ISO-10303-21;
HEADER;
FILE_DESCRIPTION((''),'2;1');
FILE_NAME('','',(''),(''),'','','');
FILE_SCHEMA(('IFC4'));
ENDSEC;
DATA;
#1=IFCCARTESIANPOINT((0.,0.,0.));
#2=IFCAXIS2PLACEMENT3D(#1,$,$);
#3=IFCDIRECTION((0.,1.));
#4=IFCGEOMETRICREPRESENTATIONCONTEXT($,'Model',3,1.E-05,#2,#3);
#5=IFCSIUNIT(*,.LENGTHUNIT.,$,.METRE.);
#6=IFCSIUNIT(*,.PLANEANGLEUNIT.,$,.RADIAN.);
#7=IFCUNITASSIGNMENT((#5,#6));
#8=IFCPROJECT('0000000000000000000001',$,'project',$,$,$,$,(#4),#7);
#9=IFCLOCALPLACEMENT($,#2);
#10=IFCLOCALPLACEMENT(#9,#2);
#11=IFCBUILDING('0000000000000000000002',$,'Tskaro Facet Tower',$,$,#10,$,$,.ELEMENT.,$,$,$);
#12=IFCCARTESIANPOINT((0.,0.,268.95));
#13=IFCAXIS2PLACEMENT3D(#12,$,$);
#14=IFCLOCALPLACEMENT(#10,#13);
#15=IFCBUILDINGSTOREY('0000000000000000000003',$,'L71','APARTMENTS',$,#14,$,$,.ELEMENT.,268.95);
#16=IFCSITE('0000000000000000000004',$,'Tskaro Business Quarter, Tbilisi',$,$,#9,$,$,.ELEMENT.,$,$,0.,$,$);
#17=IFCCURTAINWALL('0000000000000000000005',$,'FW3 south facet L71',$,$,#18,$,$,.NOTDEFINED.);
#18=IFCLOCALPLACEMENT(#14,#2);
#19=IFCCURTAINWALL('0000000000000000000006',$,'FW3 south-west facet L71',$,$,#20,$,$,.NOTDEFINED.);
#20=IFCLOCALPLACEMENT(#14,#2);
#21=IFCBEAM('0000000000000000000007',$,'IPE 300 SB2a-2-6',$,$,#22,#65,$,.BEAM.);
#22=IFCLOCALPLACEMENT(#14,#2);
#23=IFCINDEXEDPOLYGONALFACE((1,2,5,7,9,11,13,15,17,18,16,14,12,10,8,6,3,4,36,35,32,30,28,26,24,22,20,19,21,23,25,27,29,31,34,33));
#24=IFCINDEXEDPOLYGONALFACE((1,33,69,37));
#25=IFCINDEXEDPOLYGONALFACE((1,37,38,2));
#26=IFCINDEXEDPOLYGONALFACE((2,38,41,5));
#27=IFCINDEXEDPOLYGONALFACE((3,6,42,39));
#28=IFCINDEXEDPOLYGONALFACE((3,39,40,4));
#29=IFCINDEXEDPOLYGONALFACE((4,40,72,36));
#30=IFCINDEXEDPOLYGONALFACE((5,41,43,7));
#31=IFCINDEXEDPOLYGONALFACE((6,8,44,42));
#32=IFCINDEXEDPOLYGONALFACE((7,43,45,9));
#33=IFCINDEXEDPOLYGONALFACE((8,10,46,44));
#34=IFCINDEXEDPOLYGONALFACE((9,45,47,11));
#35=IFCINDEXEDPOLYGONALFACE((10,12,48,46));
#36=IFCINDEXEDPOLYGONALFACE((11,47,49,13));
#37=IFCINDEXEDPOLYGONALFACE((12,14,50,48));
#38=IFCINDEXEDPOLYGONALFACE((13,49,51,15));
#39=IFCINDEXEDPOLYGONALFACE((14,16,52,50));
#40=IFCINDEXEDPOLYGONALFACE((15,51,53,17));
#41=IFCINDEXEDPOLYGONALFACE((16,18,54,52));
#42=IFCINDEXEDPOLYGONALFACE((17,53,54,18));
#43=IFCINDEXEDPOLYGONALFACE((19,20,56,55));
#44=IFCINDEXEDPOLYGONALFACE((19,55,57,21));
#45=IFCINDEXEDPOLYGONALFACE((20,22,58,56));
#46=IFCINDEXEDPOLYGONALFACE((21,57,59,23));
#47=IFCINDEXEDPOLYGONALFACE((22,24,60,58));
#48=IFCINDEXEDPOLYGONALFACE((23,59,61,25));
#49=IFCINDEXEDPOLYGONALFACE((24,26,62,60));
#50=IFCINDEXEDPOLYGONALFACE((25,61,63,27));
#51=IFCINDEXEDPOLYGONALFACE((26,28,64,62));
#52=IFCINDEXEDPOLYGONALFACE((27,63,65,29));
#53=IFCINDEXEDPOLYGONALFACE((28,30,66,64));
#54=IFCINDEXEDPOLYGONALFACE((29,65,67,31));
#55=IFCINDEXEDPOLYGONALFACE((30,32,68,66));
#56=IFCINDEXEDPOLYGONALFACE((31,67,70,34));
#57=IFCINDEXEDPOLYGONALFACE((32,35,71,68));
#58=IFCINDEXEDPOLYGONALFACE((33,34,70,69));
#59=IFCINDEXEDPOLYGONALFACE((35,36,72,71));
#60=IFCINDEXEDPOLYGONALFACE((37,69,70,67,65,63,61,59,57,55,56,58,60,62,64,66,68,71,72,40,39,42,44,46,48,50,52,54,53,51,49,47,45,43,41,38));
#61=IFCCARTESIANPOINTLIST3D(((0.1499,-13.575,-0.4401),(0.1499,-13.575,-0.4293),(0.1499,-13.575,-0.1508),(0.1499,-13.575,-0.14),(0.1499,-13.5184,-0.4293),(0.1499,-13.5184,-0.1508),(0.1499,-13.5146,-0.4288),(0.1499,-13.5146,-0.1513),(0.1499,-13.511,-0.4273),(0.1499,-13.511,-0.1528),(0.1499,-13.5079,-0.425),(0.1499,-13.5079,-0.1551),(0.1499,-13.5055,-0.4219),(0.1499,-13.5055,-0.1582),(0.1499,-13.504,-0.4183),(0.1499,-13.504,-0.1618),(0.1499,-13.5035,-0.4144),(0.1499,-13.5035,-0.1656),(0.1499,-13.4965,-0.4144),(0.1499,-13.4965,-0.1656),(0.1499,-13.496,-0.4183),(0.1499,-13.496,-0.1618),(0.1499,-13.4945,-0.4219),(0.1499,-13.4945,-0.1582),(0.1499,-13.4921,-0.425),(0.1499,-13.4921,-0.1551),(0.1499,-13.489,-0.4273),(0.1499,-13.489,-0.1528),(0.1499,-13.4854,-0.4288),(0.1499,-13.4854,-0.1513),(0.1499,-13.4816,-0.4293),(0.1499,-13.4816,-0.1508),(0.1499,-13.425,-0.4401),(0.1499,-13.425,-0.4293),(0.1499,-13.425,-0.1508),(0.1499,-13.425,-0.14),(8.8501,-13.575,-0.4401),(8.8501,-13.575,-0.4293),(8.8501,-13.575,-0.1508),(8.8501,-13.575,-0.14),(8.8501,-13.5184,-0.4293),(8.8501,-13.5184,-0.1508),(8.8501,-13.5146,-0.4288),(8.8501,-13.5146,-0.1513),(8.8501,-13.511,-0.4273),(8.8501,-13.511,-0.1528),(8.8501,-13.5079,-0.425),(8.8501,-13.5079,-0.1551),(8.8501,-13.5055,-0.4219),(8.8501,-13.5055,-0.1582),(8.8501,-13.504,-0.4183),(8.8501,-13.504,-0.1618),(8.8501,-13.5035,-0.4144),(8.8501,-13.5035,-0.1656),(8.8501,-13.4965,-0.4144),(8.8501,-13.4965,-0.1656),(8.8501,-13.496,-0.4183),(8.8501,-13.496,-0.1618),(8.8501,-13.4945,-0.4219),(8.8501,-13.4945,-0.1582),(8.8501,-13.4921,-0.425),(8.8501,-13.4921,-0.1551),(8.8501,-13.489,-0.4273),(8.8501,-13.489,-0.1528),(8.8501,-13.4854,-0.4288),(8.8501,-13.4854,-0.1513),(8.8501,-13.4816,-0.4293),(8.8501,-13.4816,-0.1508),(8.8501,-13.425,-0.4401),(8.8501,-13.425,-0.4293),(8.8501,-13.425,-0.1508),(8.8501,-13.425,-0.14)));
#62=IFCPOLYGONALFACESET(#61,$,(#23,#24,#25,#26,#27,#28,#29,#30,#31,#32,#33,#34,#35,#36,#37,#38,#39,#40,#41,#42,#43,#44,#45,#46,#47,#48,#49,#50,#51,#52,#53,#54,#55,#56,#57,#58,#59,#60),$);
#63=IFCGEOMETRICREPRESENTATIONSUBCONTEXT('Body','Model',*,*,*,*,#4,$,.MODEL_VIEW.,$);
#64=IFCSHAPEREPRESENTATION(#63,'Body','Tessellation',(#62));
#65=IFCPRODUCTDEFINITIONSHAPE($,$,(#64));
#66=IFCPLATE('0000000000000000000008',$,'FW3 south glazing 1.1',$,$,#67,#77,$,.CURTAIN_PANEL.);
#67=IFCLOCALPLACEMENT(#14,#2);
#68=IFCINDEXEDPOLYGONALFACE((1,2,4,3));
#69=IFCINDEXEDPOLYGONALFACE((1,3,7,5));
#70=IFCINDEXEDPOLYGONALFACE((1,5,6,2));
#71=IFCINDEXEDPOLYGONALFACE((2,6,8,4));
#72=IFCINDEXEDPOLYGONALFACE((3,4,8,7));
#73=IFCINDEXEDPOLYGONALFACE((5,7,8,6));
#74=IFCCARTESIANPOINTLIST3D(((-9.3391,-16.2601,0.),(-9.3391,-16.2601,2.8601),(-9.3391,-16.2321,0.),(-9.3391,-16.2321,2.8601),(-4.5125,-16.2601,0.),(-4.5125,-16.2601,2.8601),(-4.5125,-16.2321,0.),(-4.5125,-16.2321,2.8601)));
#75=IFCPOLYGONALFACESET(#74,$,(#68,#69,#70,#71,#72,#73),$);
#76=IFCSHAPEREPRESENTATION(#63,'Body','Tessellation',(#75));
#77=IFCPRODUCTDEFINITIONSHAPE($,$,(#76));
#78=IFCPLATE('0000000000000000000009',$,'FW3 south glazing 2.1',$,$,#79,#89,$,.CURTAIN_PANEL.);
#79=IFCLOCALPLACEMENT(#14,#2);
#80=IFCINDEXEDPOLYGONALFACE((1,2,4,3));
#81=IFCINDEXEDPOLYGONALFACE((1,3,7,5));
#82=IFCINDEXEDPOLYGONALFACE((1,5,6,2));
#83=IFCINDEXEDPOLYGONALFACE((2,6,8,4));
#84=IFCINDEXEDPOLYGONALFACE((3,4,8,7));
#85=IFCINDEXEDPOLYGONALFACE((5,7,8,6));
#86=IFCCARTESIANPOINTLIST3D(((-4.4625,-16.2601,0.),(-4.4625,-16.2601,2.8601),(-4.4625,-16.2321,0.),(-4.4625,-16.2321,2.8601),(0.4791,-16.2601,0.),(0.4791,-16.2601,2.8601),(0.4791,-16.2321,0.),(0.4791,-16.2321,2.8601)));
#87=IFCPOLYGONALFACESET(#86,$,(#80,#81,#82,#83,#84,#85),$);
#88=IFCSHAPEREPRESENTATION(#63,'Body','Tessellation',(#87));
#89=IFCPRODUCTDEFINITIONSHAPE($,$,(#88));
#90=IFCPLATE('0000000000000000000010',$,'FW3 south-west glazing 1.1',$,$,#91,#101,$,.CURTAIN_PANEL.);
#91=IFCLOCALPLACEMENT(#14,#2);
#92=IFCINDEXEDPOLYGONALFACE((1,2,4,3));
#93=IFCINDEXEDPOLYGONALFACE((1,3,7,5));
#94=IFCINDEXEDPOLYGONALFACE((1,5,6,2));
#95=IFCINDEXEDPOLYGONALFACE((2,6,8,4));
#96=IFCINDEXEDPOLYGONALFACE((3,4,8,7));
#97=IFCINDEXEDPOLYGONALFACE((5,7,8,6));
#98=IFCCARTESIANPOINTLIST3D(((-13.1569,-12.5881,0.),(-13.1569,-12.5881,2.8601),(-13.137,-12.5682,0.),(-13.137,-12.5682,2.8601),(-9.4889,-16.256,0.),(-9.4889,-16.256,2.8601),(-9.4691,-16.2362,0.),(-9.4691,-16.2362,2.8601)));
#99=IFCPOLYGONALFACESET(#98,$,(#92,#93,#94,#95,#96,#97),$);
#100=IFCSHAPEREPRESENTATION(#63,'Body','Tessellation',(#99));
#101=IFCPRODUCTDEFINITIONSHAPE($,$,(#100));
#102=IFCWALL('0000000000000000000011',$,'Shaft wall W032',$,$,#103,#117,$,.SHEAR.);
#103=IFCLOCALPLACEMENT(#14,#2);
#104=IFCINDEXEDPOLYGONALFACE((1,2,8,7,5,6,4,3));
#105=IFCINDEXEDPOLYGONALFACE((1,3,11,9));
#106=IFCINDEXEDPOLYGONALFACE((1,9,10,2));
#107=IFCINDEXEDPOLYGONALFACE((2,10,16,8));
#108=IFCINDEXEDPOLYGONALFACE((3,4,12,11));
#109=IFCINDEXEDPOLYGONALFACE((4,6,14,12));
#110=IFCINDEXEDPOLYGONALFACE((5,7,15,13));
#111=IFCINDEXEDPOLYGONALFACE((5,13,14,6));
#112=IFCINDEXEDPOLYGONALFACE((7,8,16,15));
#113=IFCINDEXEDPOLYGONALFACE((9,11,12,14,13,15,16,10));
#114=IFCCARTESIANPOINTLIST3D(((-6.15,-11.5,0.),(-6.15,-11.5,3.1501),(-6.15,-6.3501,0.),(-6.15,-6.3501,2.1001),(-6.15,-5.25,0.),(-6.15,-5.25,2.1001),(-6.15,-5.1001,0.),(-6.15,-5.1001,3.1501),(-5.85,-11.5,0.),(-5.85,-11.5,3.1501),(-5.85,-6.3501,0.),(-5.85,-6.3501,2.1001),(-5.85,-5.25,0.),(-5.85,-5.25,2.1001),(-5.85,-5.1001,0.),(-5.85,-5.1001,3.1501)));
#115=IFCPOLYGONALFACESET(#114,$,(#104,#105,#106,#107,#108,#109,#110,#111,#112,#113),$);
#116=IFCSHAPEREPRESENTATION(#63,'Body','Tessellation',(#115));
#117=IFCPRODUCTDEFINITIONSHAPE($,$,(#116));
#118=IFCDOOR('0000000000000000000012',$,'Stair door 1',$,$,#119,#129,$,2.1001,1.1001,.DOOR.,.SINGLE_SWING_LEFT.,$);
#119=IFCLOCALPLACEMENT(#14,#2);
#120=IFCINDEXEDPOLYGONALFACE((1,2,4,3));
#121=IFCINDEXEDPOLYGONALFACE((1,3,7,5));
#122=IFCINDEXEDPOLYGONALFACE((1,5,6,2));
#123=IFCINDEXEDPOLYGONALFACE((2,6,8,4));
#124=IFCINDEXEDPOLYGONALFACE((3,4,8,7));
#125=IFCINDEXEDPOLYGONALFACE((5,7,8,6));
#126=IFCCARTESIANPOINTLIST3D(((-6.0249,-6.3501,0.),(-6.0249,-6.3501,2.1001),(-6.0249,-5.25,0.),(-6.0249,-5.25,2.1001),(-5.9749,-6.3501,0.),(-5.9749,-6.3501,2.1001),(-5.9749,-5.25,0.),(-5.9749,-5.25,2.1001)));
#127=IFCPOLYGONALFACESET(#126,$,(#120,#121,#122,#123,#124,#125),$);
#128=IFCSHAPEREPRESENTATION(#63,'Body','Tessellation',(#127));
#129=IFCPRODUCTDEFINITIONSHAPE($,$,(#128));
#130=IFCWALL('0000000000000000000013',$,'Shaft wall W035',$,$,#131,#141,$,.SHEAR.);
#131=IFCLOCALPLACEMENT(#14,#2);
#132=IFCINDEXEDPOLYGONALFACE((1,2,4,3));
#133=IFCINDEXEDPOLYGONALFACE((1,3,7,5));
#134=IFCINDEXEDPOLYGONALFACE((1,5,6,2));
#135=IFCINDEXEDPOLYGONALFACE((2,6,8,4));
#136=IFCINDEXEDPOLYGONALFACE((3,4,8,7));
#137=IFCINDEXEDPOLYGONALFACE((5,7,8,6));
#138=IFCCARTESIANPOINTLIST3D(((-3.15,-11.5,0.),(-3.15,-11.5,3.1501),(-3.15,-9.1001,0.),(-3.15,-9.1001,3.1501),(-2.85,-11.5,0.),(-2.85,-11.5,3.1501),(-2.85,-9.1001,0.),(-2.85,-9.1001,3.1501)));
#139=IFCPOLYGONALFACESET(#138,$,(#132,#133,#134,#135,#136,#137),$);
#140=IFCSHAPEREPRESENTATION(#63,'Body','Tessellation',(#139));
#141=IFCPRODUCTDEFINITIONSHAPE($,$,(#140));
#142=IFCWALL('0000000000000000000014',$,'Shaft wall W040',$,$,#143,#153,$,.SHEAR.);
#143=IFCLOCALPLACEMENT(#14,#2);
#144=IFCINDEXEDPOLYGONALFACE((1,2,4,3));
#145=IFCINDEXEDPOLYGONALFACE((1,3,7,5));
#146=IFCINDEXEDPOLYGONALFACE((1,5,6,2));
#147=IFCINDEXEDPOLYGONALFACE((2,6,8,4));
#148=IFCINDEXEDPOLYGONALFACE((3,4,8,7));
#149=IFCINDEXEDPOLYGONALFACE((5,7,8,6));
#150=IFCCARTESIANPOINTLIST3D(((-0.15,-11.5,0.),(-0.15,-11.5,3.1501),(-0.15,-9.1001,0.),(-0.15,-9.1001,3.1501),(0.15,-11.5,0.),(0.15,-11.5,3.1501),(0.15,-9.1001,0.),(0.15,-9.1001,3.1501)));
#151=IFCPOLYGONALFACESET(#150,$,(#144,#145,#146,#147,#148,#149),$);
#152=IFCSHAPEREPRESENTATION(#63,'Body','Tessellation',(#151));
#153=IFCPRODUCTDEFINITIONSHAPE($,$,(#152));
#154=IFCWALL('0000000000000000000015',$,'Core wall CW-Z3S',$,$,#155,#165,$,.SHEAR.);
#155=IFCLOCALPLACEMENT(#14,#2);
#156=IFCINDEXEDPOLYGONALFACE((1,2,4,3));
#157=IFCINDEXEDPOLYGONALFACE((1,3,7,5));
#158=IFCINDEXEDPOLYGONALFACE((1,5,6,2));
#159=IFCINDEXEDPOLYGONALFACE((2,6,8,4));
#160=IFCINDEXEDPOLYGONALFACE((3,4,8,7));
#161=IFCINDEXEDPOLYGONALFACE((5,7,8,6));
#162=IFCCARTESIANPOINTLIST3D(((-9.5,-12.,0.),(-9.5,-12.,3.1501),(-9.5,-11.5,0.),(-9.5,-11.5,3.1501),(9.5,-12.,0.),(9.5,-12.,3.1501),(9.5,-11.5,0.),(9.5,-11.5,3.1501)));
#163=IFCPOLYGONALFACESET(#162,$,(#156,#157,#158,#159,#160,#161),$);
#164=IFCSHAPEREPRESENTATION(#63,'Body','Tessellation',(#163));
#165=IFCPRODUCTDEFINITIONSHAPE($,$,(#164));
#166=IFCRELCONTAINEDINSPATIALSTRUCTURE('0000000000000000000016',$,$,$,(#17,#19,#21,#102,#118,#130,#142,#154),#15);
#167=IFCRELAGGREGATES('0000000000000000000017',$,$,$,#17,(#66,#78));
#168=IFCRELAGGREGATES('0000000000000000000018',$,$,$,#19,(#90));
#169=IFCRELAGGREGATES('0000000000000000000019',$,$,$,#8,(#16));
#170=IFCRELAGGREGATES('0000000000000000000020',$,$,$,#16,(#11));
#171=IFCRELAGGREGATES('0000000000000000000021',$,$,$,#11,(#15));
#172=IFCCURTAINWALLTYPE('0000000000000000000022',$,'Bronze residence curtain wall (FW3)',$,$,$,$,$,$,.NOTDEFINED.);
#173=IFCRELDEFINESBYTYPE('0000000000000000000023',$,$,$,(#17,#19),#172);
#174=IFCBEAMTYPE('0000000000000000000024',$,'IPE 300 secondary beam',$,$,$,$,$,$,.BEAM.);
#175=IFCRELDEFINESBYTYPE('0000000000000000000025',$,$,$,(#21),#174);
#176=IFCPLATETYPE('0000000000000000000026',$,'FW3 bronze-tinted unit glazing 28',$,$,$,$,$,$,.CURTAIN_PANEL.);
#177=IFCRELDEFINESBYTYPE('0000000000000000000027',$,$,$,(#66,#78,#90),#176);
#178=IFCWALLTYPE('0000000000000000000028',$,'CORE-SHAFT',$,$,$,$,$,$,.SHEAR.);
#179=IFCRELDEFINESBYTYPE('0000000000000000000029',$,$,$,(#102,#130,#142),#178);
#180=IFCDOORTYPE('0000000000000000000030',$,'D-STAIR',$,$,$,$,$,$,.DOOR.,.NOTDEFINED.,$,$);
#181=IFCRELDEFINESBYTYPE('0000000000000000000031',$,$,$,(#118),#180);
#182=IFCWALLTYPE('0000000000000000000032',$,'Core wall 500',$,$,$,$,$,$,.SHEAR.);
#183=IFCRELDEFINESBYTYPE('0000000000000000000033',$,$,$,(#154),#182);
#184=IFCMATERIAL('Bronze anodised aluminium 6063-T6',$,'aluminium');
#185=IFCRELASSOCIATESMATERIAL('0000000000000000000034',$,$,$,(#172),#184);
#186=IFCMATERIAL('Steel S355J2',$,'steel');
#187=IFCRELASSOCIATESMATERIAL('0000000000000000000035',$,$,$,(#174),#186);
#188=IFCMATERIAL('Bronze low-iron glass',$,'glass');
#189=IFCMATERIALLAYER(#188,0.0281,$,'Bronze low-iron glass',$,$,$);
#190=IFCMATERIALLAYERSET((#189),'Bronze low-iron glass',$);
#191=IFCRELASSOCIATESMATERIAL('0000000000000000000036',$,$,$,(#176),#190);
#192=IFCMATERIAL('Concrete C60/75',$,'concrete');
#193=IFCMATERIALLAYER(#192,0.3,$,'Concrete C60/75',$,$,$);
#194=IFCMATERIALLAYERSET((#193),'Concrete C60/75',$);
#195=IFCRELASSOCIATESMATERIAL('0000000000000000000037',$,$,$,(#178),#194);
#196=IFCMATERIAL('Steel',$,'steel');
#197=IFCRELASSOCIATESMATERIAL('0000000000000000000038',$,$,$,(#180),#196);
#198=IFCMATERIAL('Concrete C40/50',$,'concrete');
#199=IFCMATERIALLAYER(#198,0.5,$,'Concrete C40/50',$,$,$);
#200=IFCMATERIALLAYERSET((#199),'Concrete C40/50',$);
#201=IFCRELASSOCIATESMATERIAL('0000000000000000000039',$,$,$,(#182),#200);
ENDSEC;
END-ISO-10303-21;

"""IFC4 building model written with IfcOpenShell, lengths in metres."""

from ifc_helpers import new_model, si_unit, direction, frame, frame_2d, origin, origin_2d, place, context, subcontext, project, spatial, rectangle, i_section, extrude, material, layer, layer_set, material_profile, profile_set, type_object, element, fill, aggregate, save


model = new_model("IFC4")

# Units and contexts
model_context = context("Model", 3, precision=1e-05, world=origin(), true_north=direction((0.0, 1.0)))
body_context = subcontext(model_context, "Body", "Model", "MODEL_VIEW")
ifc_project = project(units=[si_unit("LENGTHUNIT", "METRE"), si_unit("PLANEANGLEUNIT", "RADIAN")], contexts=[model_context])

# Site, building, storey
site_placement = place(None, origin())
site = spatial("IfcSite", under=ifc_project, at=site_placement, Name="Tskaro Business Quarter, Tbilisi", CompositionType="ELEMENT", RefElevation=0.0)
building_placement = place(site_placement, origin())
building = spatial("IfcBuilding", under=site, at=building_placement, Name="Tskaro Facet Tower", CompositionType="ELEMENT")
storey_placement = place(building_placement, frame((0.0, 0.0, 268.95)))
storey = spatial("IfcBuildingStorey", under=building, at=storey_placement, Name="L71", Description="APARTMENTS", CompositionType="ELEMENT", Elevation=268.95)

# Shared definitions
ifc_material_1 = material(Name="Steel S355J2", Category="steel")

# Curtain walls
ifc_material_2 = material(Name="Bronze anodised aluminium 6063-T6", Category="aluminium")
curtain_wall_type = type_object("IfcCurtainWallType", Name="Bronze residence curtain wall (FW3)", PredefinedType="NOTDEFINED", material=ifc_material_2)
curtain_wall_1_placement = place(storey_placement, origin())
curtain_wall_1 = element("IfcCurtainWall", 1, at=curtain_wall_1_placement, inside=storey, type_object=curtain_wall_type, Name="FW3 south facet L71", PredefinedType="NOTDEFINED")
curtain_wall_2_placement = place(storey_placement, origin())
curtain_wall_2 = element("IfcCurtainWall", 2, at=curtain_wall_2_placement, inside=storey, type_object=curtain_wall_type, Name="FW3 south-west facet L71", PredefinedType="NOTDEFINED")

# Beam
ifc_material_profile_1 = material_profile(ifc_material_1, i_section(OverallWidth=0.1499, OverallDepth=0.3, WebThickness=0.0071, FlangeThickness=0.0107, FilletRadius=0.0149, at=origin_2d()), Name="IPE 300")
ifc_profile_set_1 = profile_set([ifc_material_profile_1], Name="Steel S355J2")
beam_type_1 = type_object("IfcBeamType", Name="IPE 300 secondary beam", PredefinedType="BEAM", material=ifc_profile_set_1)
beam_1_placement = place(storey_placement, frame((0.1499, -13.5, -0.29), z_axis=(1.0, 0.0, 0.0), x_axis=(0.0, 1.0, 0.0)))
element("IfcBeam", 3, at=beam_1_placement, inside=storey, type_object=beam_type_1, Name="IPE 300 SB2a-2-6", PredefinedType="BEAM", context=body_context, shape_type="SweptSolid", body=[
    extrude(i_section(OverallWidth=0.1499, OverallDepth=0.3, WebThickness=0.0071, FlangeThickness=0.0107, FilletRadius=0.0149, at=origin_2d()), origin(), (0.0, 0.0, 1.0), 8.7002),
])

# Plates
ifc_material_3 = material(Name="Bronze low-iron glass", Category="glass")
ifc_layer_1 = layer(ifc_material_3, 0.0281, Name="Bronze low-iron glass")
ifc_layer_set_1 = layer_set([ifc_layer_1], Name="Bronze low-iron glass")
plate_type = type_object("IfcPlateType", Name="FW3 bronze-tinted unit glazing 28", PredefinedType="CURTAIN_PANEL", material=ifc_layer_set_1)
plate_1_placement = place(storey_placement, frame((-6.9258, -16.2461, 0.0), z_axis=(0.0, 0.0, 1.0), x_axis=(1.0, 0.0, 0.0)))
plate_1 = element("IfcPlate", 4, at=plate_1_placement, type_object=plate_type, Name="FW3 south glazing 1.1", PredefinedType="CURTAIN_PANEL", context=body_context, shape_type="SweptSolid", body=[
    extrude(rectangle(XDim=4.8267, YDim=0.0281, at=origin_2d()), origin(), (0.0, 0.0, 1.0), 2.8601),
])
plate_2_placement = place(storey_placement, frame((-1.9917, -16.2461, 0.0), z_axis=(0.0, 0.0, 1.0), x_axis=(1.0, 0.0, 0.0)))
plate_2 = element("IfcPlate", 5, at=plate_2_placement, type_object=plate_type, Name="FW3 south glazing 2.1", PredefinedType="CURTAIN_PANEL", context=body_context, shape_type="SweptSolid", body=[
    extrude(rectangle(XDim=4.9417, YDim=0.0281, at=origin_2d()), origin(), (0.0, 0.0, 1.0), 2.8601),
])
aggregate(curtain_wall_1, [plate_1, plate_2])
plate_3_placement = place(storey_placement, frame((-11.313, -14.4121, 0.0), z_axis=(0.0, 0.0, 1.0), x_axis=(0.707107, -0.707107, 0.0)))
plate_3 = element("IfcPlate", 6, at=plate_3_placement, type_object=plate_type, Name="FW3 south-west glazing 1.1", PredefinedType="CURTAIN_PANEL", context=body_context, shape_type="SweptSolid", body=[
    extrude(rectangle(XDim=5.1873, YDim=0.0281, at=origin_2d()), origin(), (0.0, 0.0, 1.0), 2.8601),
])
aggregate(curtain_wall_2, [plate_3])

# Wall, opening, door
ifc_material_4 = material(Name="Concrete C60/75", Category="concrete")
ifc_layer_2 = layer(ifc_material_4, 0.3, Name="Concrete C60/75")
ifc_layer_set_2 = layer_set([ifc_layer_2], Name="Concrete C60/75")
wall_type_1 = type_object("IfcWallType", Name="CORE-SHAFT", PredefinedType="SHEAR", material=ifc_layer_set_2)
wall_1_placement = place(storey_placement, frame((-6.0, -11.5, 0.0), z_axis=(0.0, 0.0, 1.0), x_axis=(0.0, 1.0, 0.0)))
wall_1 = element("IfcWall", 7, at=wall_1_placement, inside=storey, type_object=wall_type_1, Name="Shaft wall W032", PredefinedType="SHEAR", context=body_context, shape_type="SweptSolid", body=[
    extrude(rectangle(XDim=6.3999, YDim=0.3, at=frame_2d((3.2, 0.0))), origin(), (0.0, 0.0, 1.0), 3.1501),
])
opening_1_placement = place(wall_1_placement, frame((5.1499, 0.0, 0.0)))
opening_1 = element("IfcOpeningElement", 8, at=opening_1_placement, cuts=wall_1, PredefinedType="OPENING", context=body_context, shape_type="SweptSolid", body=[
    extrude(rectangle(XDim=1.1001, YDim=2.1001, at=frame_2d((0.55, 1.05))), frame((0.0, 0.1599, 0.0), z_axis=(0.0, -1.0, 0.0), x_axis=(1.0, 0.0, 0.0)), (0.0, 0.0, 1.0), 0.3201),
])
ifc_material_5 = material(Name="Steel", Category="steel")
door_type_1 = type_object("IfcDoorType", Name="D-STAIR", OperationType="NOTDEFINED", PredefinedType="DOOR", material=ifc_material_5)
door_1_placement = place(opening_1_placement, origin())
door_1 = element("IfcDoor", 9, at=door_1_placement, inside=storey, type_object=door_type_1, Name="Stair door 1", OperationType="SINGLE_SWING_LEFT", OverallHeight=2.1001, OverallWidth=1.1001, PredefinedType="DOOR", context=body_context, shape_type="SweptSolid", body=[
    extrude(rectangle(XDim=1.1001, YDim=2.1001, at=frame_2d((0.55, 1.05))), frame((0.0, 0.0249, 0.0), z_axis=(0.0, -1.0, 0.0), x_axis=(1.0, 0.0, 0.0)), (0.0, 0.0, 1.0), 0.05),
])
fill(opening_1, door_1)

# Walls
for number, where, z_axis, x_axis, name in (
    (10, (-3.0, -11.5, 0.0), (0.0, 0.0, 1.0), (0.0, 1.0, 0.0), "Shaft wall W035"),
    (11, (0.0, -11.5, 0.0), (0.0, 0.0, 1.0), (0.0, 1.0, 0.0), "Shaft wall W040"),
):
    element("IfcWall", number, at=place(storey_placement, frame(where, z_axis=z_axis, x_axis=x_axis)), inside=storey, type_object=wall_type_1, Name=name, PredefinedType="SHEAR", context=body_context, shape_type="SweptSolid", body=[
        extrude(rectangle(XDim=2.3999, YDim=0.3, at=frame_2d((1.2, 0.0))), origin(), (0.0, 0.0, 1.0), 3.1501),
    ])
ifc_material_6 = material(Name="Concrete C40/50", Category="concrete")
ifc_layer_3 = layer(ifc_material_6, 0.5, Name="Concrete C40/50")
ifc_layer_set_3 = layer_set([ifc_layer_3], Name="Concrete C40/50")
wall_type_2 = type_object("IfcWallType", Name="Core wall 500", PredefinedType="SHEAR", material=ifc_layer_set_3)
wall_2_placement = place(storey_placement, frame((-9.5, -11.75, 0.0), z_axis=(0.0, 0.0, 1.0), x_axis=(1.0, 0.0, 0.0)))
element("IfcWall", 12, at=wall_2_placement, inside=storey, type_object=wall_type_2, Name="Core wall CW-Z3S", PredefinedType="SHEAR", context=body_context, shape_type="SweptSolid", body=[
    extrude(rectangle(XDim=19.0, YDim=0.5, at=frame_2d((9.5, 0.0))), origin(), (0.0, 0.0, 1.0), 3.1501),
])

save(model, "model.ifc")
